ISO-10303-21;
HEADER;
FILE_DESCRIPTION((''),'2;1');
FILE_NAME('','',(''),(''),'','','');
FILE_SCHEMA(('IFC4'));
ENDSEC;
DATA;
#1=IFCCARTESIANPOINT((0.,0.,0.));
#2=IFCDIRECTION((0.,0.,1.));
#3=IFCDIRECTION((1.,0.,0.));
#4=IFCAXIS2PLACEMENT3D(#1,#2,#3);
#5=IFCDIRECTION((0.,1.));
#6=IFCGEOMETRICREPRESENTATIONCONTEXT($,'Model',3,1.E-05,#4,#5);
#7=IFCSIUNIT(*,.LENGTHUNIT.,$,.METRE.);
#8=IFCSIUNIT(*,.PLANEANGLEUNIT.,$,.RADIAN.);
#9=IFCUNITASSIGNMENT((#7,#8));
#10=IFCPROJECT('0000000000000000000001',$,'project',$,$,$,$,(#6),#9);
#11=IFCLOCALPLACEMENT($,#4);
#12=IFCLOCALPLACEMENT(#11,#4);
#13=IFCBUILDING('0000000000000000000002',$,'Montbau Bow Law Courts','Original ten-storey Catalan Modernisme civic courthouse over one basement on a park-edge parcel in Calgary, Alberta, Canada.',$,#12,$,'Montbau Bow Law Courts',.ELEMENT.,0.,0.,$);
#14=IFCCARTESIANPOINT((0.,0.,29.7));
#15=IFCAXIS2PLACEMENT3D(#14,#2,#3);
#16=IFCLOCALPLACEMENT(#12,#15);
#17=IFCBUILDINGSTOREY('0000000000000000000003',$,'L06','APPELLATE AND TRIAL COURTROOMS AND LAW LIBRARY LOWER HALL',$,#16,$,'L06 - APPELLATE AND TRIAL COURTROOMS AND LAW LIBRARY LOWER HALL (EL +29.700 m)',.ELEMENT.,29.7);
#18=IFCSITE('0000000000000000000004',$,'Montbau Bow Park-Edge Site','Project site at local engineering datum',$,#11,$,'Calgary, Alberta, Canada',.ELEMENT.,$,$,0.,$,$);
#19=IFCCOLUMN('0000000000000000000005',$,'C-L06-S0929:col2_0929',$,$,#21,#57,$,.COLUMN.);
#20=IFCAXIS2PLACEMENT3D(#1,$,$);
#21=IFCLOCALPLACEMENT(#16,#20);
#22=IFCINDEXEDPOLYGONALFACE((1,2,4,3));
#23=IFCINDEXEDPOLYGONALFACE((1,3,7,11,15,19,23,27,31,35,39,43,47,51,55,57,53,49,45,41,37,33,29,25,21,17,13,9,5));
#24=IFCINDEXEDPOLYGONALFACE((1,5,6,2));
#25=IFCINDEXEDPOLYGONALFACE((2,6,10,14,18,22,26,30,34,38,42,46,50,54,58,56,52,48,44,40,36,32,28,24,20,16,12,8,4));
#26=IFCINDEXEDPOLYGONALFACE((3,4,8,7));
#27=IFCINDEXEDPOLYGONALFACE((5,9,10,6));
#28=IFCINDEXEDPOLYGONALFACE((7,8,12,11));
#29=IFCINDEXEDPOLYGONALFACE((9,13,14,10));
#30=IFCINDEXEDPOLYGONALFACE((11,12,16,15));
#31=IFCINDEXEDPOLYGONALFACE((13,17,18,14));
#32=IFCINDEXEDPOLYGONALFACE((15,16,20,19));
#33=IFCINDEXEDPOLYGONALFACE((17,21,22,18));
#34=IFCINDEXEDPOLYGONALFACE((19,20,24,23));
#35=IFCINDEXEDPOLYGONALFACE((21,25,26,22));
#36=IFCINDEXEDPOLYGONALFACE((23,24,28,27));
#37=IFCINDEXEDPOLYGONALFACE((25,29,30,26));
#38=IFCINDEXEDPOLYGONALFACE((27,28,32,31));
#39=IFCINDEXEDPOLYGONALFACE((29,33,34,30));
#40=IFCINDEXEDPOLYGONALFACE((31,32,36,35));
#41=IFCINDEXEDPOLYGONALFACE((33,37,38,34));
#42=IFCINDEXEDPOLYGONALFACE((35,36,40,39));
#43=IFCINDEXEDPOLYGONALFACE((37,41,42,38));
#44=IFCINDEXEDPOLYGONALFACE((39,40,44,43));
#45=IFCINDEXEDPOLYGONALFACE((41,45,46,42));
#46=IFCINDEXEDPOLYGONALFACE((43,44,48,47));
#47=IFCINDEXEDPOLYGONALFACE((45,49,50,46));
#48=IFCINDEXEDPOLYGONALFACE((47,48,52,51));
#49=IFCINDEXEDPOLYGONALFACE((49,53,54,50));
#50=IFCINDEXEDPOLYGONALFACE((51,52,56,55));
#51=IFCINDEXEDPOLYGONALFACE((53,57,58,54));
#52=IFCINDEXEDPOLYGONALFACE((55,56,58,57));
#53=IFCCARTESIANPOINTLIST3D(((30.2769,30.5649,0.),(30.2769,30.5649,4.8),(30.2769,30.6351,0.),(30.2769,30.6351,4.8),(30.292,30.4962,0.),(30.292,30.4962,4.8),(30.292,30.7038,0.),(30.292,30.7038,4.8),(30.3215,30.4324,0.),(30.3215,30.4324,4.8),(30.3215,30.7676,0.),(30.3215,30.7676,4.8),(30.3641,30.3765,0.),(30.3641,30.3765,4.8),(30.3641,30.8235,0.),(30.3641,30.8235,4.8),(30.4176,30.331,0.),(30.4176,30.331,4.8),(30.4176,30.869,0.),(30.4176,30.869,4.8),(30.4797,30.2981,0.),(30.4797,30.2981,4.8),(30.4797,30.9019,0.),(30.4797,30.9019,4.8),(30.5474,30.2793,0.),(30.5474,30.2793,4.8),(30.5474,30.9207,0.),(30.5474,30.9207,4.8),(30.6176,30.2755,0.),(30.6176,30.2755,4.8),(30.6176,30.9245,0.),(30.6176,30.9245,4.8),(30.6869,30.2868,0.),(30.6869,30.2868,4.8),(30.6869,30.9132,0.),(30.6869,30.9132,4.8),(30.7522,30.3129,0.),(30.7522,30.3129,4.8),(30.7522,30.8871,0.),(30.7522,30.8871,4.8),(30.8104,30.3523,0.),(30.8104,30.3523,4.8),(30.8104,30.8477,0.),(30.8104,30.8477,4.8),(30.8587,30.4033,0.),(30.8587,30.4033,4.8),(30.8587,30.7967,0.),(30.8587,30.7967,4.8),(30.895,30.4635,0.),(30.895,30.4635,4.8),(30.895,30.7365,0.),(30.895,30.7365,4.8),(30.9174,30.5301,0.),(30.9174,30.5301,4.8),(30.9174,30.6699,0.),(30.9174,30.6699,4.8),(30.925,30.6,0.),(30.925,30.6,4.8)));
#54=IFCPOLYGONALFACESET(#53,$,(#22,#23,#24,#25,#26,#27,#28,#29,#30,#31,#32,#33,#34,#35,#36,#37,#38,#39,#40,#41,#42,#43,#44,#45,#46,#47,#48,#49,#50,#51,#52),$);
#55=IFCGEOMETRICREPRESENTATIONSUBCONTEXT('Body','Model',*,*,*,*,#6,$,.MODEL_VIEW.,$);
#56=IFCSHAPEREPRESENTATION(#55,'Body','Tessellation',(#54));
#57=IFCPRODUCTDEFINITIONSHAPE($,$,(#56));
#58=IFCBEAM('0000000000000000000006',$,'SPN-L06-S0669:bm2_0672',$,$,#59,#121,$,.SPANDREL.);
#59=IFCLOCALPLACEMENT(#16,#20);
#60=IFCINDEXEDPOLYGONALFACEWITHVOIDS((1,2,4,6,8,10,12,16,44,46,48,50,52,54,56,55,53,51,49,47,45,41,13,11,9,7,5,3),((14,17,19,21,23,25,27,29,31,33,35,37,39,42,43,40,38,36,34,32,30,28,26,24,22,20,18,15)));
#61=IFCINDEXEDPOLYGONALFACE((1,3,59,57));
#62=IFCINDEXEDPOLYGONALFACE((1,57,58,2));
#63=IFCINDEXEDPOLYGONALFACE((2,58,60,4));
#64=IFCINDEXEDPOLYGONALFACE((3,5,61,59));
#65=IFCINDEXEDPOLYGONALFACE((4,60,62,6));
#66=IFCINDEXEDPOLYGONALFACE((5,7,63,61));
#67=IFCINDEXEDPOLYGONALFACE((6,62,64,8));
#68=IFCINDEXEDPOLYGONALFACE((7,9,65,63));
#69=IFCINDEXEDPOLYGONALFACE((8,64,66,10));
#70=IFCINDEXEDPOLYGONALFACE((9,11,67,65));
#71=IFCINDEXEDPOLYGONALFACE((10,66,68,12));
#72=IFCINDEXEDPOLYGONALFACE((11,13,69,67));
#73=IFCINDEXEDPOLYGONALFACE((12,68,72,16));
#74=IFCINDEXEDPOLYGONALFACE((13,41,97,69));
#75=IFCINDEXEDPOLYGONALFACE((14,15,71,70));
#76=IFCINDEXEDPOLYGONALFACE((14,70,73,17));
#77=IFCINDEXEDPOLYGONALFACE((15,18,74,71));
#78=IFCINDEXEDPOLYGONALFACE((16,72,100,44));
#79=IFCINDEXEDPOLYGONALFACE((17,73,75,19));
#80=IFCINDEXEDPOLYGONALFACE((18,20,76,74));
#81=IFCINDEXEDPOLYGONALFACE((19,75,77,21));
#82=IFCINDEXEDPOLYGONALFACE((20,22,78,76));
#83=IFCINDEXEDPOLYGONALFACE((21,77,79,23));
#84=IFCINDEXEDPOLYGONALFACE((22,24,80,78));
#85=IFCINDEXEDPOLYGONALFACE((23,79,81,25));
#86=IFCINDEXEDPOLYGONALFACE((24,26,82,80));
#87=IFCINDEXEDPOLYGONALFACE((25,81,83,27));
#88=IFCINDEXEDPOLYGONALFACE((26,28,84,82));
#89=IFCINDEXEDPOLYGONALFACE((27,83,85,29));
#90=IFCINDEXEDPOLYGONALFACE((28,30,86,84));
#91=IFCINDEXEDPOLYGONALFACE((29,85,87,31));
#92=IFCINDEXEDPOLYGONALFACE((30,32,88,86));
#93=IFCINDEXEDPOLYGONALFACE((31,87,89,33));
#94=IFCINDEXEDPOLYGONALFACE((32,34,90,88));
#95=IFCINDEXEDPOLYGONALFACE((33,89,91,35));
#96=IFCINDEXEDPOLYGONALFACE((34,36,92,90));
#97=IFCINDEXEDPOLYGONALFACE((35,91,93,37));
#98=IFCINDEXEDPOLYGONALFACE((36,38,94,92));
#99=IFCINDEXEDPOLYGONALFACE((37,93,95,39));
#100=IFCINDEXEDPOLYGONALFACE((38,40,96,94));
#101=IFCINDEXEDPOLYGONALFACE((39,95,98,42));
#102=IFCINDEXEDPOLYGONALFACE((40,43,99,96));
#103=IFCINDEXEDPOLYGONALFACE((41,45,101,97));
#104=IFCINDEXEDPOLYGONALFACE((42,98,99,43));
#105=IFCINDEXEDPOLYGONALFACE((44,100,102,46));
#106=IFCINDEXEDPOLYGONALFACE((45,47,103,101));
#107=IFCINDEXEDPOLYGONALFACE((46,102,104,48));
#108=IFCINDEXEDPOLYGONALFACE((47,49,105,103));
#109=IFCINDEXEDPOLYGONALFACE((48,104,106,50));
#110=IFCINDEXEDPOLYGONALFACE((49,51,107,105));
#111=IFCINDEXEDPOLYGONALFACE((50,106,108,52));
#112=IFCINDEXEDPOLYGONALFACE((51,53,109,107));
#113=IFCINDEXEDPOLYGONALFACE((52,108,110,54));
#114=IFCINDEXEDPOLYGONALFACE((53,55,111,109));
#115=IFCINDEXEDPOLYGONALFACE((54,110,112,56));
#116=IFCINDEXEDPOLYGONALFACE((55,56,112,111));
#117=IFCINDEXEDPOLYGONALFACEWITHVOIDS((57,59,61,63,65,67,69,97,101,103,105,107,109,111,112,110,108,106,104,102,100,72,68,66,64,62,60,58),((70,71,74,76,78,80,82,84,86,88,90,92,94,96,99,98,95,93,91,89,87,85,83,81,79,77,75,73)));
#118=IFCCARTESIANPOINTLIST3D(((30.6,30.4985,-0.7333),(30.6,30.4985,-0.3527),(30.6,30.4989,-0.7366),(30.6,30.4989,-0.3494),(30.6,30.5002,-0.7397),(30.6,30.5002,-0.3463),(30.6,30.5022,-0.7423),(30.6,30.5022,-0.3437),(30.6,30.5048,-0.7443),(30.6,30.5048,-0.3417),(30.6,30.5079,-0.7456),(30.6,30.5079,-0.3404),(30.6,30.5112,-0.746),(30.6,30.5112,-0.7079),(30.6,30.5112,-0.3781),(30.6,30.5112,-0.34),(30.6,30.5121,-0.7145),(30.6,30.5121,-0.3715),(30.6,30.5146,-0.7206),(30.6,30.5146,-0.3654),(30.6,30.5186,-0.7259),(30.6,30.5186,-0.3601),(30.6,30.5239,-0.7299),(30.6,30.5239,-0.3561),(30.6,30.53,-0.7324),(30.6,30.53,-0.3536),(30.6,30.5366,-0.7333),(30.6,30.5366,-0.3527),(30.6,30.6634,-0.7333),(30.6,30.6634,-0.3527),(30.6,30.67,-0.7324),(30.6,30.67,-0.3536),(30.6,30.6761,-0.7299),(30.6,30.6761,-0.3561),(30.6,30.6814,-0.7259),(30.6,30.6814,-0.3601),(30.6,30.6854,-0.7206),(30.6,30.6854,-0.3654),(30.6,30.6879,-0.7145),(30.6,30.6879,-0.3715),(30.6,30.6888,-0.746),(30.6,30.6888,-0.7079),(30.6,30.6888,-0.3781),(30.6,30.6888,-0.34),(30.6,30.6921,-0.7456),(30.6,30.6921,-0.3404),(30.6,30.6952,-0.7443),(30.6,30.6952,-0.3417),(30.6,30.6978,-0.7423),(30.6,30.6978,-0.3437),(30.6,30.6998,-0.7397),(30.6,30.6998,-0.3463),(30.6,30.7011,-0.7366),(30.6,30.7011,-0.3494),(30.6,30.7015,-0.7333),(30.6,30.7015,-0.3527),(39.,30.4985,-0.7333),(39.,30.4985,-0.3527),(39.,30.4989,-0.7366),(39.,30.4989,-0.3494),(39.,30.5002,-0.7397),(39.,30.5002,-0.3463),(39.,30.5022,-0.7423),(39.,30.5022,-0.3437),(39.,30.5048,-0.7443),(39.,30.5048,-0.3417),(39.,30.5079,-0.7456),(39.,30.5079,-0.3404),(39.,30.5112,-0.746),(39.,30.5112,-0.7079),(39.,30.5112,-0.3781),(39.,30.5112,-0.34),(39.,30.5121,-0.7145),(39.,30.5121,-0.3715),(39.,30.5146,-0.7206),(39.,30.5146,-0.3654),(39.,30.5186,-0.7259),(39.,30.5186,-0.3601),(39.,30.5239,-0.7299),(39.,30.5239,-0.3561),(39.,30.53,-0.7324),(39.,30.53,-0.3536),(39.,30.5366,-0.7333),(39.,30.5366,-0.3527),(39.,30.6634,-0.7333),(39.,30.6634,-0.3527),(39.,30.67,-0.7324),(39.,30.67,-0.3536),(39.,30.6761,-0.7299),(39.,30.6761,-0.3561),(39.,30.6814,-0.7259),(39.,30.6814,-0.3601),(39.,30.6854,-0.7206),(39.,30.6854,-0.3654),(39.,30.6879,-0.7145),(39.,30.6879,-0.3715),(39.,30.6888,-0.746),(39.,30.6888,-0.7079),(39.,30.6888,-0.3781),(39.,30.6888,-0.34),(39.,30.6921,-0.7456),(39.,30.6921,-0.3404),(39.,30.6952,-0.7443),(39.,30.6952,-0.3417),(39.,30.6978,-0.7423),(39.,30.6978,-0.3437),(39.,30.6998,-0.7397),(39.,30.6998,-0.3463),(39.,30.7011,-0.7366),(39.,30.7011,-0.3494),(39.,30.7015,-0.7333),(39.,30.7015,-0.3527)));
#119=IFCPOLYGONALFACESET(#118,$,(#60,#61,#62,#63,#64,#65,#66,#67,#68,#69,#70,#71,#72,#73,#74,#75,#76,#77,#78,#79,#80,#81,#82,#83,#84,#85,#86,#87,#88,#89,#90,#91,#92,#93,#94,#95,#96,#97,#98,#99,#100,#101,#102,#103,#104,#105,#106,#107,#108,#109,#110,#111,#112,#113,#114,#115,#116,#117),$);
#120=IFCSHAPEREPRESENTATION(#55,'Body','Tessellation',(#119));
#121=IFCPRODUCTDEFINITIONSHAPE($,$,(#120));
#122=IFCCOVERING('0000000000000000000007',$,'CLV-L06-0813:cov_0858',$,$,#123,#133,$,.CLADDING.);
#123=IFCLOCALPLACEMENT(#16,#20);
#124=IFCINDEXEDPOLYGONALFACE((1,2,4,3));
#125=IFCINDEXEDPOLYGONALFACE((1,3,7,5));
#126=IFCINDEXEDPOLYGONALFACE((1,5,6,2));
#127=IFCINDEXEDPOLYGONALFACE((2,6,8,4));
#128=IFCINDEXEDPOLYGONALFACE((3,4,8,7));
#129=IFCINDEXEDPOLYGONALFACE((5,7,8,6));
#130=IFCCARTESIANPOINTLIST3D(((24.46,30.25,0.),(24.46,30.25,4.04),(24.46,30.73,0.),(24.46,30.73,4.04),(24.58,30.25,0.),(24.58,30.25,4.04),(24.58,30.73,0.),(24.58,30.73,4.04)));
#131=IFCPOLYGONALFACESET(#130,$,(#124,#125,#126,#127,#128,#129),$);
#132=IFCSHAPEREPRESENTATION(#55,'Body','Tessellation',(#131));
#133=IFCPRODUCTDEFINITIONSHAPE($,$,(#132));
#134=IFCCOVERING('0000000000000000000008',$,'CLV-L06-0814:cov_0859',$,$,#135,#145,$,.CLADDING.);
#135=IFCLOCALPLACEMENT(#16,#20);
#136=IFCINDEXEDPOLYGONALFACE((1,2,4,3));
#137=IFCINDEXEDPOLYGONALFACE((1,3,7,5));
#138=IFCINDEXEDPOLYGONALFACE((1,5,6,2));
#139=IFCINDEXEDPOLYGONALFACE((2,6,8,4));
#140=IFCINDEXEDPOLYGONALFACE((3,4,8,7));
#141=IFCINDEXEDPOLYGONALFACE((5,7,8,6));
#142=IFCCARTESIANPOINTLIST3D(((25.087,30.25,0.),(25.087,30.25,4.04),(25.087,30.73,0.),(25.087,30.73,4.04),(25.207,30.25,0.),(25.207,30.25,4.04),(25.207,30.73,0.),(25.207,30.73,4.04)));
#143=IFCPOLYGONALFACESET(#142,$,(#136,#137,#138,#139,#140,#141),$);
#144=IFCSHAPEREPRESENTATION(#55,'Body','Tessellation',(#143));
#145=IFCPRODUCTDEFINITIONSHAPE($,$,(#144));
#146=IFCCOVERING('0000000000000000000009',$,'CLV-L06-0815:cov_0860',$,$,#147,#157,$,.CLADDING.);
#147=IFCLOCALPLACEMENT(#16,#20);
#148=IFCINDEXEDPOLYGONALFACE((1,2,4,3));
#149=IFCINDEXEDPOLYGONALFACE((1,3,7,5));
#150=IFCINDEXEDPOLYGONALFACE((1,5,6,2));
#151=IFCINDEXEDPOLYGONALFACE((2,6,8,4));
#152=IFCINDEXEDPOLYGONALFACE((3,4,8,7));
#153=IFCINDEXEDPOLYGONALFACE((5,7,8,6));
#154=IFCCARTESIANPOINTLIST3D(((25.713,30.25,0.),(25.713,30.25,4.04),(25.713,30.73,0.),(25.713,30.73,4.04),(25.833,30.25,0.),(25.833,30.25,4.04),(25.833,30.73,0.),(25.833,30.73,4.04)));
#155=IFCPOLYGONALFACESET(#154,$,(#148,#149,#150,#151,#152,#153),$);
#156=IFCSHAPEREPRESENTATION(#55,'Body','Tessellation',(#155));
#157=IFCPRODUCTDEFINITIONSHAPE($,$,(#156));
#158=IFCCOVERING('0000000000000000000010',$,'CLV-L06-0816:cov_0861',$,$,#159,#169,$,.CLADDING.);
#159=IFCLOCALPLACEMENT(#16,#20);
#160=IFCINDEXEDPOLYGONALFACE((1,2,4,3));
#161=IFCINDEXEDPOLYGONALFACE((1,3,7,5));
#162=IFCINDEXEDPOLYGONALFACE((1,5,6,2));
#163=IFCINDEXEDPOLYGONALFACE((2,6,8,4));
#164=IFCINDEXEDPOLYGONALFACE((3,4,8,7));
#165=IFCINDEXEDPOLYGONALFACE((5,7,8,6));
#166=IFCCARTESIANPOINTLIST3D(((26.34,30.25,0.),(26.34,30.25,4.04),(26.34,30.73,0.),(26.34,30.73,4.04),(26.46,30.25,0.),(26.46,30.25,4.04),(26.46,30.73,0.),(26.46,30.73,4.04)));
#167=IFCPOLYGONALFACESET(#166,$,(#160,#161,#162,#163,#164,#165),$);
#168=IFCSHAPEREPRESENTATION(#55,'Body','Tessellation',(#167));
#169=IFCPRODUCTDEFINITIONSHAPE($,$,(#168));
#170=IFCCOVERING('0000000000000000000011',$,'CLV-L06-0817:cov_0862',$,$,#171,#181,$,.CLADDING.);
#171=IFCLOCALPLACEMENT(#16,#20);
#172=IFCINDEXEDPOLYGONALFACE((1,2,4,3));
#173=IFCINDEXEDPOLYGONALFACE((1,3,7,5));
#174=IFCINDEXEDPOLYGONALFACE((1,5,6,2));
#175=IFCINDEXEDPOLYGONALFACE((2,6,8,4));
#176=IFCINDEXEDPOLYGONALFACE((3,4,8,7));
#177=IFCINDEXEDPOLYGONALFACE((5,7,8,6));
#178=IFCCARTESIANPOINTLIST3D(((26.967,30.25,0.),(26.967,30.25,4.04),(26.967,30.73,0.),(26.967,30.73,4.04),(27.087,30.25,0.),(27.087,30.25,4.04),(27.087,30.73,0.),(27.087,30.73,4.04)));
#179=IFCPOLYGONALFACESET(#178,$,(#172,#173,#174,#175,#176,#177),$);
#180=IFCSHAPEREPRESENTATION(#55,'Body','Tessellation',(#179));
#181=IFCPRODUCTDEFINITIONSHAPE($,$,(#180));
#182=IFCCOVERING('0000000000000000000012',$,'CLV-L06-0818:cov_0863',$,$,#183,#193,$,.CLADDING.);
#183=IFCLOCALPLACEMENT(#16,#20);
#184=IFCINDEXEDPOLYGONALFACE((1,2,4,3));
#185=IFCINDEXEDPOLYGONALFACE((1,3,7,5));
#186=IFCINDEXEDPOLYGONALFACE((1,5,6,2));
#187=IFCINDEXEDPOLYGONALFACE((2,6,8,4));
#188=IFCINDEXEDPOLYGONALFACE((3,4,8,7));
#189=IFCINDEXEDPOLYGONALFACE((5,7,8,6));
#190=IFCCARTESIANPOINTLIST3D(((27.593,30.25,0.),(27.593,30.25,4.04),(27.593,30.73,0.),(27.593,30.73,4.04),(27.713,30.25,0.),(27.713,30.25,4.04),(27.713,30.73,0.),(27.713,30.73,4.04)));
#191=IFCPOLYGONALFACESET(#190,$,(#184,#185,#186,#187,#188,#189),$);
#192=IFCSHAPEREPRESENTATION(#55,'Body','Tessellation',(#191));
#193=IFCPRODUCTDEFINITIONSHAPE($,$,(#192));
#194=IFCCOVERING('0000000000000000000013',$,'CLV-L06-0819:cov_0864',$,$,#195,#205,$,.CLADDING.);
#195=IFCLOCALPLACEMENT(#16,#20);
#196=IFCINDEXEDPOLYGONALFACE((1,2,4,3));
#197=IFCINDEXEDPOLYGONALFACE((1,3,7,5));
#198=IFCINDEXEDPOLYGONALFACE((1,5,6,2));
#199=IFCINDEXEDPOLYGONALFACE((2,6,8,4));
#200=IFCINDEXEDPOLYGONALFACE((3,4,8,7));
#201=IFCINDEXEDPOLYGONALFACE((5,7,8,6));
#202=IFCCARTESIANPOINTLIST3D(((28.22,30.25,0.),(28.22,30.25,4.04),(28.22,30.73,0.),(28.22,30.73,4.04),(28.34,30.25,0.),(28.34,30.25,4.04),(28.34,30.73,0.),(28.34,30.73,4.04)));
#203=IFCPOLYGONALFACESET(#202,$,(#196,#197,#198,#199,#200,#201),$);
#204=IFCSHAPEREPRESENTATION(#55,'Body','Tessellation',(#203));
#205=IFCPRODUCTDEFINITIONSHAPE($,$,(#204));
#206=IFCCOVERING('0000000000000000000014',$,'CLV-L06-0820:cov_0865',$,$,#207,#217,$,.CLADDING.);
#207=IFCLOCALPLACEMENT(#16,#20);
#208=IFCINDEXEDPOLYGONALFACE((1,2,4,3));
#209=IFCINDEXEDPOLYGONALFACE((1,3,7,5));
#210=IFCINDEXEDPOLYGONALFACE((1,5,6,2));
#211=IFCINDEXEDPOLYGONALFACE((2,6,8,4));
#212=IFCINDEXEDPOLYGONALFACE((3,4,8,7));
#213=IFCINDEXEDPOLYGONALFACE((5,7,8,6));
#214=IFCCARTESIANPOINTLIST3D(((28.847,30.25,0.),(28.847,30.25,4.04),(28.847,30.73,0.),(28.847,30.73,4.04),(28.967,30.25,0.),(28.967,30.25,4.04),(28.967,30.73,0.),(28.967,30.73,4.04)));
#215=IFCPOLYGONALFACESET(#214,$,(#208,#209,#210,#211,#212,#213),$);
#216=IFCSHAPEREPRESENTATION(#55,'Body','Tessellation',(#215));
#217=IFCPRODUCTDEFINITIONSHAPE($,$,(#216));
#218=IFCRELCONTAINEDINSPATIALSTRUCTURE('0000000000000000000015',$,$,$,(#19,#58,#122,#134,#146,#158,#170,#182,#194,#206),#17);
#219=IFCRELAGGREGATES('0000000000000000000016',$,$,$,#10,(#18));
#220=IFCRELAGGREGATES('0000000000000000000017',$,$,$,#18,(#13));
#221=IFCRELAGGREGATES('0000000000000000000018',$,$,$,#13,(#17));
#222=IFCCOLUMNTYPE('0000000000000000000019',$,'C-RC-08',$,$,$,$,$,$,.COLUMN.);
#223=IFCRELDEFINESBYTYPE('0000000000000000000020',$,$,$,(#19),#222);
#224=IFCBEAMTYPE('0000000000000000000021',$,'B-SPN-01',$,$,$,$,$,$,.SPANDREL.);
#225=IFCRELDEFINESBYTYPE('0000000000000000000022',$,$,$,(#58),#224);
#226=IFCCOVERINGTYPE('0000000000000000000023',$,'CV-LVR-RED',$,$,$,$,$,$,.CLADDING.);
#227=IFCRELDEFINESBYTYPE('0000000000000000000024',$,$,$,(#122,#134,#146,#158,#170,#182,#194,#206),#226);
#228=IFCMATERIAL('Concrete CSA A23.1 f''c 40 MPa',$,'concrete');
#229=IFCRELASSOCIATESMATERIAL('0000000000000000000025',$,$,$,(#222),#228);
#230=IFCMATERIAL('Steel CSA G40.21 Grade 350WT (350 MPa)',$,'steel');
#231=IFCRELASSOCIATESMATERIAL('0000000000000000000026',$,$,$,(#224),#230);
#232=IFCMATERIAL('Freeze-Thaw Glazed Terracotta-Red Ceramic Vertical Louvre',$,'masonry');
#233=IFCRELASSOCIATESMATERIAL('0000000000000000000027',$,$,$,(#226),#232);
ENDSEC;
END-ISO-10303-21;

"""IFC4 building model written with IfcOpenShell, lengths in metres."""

from ifc_helpers import new_model, si_unit, direction, frame, frame_2d, origin_with_axes, origin_2d_with_axis, place, context, subcontext, project, spatial, rectangle, hollow_rectangle, circle, extrude, material, material_profile, profile_set, type_object, element, save


model = new_model("IFC4")

# Units and contexts
model_context = context("Model", 3, precision=1e-05, world=origin_with_axes(), true_north=direction((0.0, 1.0)))
body_context = subcontext(model_context, "Body", "Model", "MODEL_VIEW")
ifc_project = project(units=[si_unit("LENGTHUNIT", "METRE"), si_unit("PLANEANGLEUNIT", "RADIAN")], contexts=[model_context])

# Site, building, storey
site_placement = place(None, origin_with_axes())
site = spatial("IfcSite", under=ifc_project, at=site_placement, Name="Montbau Bow Park-Edge Site", Description="Project site at local engineering datum", LongName="Calgary, Alberta, Canada", CompositionType="ELEMENT", RefElevation=0.0)
building_placement = place(site_placement, origin_with_axes())
building = spatial("IfcBuilding", under=site, at=building_placement, Name="Montbau Bow Law Courts", Description="Original ten-storey Catalan Modernisme civic courthouse over one basement on a park-edge parcel in Calgary, Alberta, Canada.", LongName="Montbau Bow Law Courts", CompositionType="ELEMENT", ElevationOfRefHeight=0.0, ElevationOfTerrain=0.0)
storey_placement = place(building_placement, frame((0.0, 0.0, 29.7), z_axis=(0.0, 0.0, 1.0), x_axis=(1.0, 0.0, 0.0)))
storey = spatial("IfcBuildingStorey", under=building, at=storey_placement, Name="L06", Description="APPELLATE AND TRIAL COURTROOMS AND LAW LIBRARY LOWER HALL", LongName="L06 - APPELLATE AND TRIAL COURTROOMS AND LAW LIBRARY LOWER HALL (EL +29.700 m)", CompositionType="ELEMENT", Elevation=29.7)

# Column
ifc_material_1 = material(Name="Concrete CSA A23.1 f'c 40 MPa", Category="concrete")
ifc_material_profile_1 = material_profile(ifc_material_1, circle(Radius=0.325, at=origin_2d_with_axis()), Name="RC650D", Category="Main", Priority=0)
ifc_profile_set_1 = profile_set([ifc_material_profile_1], Name="Concrete CSA A23.1 f'c 40 MPa")
column_type = type_object("IfcColumnType", Name="C-RC-08", PredefinedType="COLUMN", material=ifc_profile_set_1)
column_placement = place(None, frame((30.6, 30.6, 29.7), z_axis=(0.0, 0.0, 1.0), x_axis=(1.0, 0.0, 0.0)))
element("IfcColumn", 1, at=column_placement, inside=storey, type_object=column_type, Name="C-L06-S0929:col2_0929", PredefinedType="COLUMN", context=body_context, shape_type="SweptSolid", body=[
    extrude(circle(Radius=0.325, at=origin_2d_with_axis()), origin_with_axes(), (0.0, 0.0, 1.0), 4.8),
])

# Beam
ifc_material_2 = material(Name="Steel CSA G40.21 Grade 350WT (350 MPa)", Category="steel")
ifc_material_profile_2 = material_profile(ifc_material_2, hollow_rectangle(XDim=0.203, YDim=0.406, WallThickness=0.0127, InnerFilletRadius=0.0254, OuterFilletRadius=0.0127, at=origin_2d_with_axis()), Name="HSS406X203X13", Category="Main", Priority=0)
ifc_profile_set_2 = profile_set([ifc_material_profile_2], Name="Steel CSA G40.21 Grade 350WT (350 MPa)")
beam_type = type_object("IfcBeamType", Name="B-SPN-01", PredefinedType="SPANDREL", material=ifc_profile_set_2)
beam_placement = place(None, frame((30.6, 30.6, 29.157), z_axis=(1.0, 0.0, 0.0), x_axis=(0.0, 1.0, 0.0)))
element("IfcBeam", 2, at=beam_placement, inside=storey, type_object=beam_type, Name="SPN-L06-S0669:bm2_0672", PredefinedType="SPANDREL", context=body_context, shape_type="SweptSolid", body=[
    extrude(hollow_rectangle(XDim=0.203, YDim=0.406, WallThickness=0.0127, InnerFilletRadius=0.0254, OuterFilletRadius=0.0127, at=origin_2d_with_axis()), origin_with_axes(), (0.0, 0.0, 1.0), 8.4),
])

# Coverings
ifc_material_3 = material(Name="Freeze-Thaw Glazed Terracotta-Red Ceramic Vertical Louvre", Category="masonry")
covering_type = type_object("IfcCoveringType", Name="CV-LVR-RED", PredefinedType="CLADDING", material=ifc_material_3)
for number, where, z_axis, x_axis, name in (
    (3, (24.52, 30.73, 29.7), (-1.0, 0.0, 0.0), (0.0, -1.0, 0.0), "CLV-L06-0813:cov_0858"),
    (4, (25.147, 30.73, 29.7), (-1.0, 0.0, 0.0), (0.0, -1.0, 0.0), "CLV-L06-0814:cov_0859"),
    (5, (25.773, 30.73, 29.7), (-1.0, 0.0, 0.0), (0.0, -1.0, 0.0), "CLV-L06-0815:cov_0860"),
    (6, (26.4, 30.73, 29.7), (-1.0, 0.0, 0.0), (0.0, -1.0, 0.0), "CLV-L06-0816:cov_0861"),
    (7, (27.027, 30.73, 29.7), (-1.0, 0.0, 0.0), (0.0, -1.0, 0.0), "CLV-L06-0817:cov_0862"),
    (8, (27.653, 30.73, 29.7), (-1.0, 0.0, 0.0), (0.0, -1.0, 0.0), "CLV-L06-0818:cov_0863"),
    (9, (28.28, 30.73, 29.7), (-1.0, 0.0, 0.0), (0.0, -1.0, 0.0), "CLV-L06-0819:cov_0864"),
    (10, (28.907, 30.73, 29.7), (-1.0, 0.0, 0.0), (0.0, -1.0, 0.0), "CLV-L06-0820:cov_0865"),
):
    element("IfcCovering", number, at=place(None, frame(where, z_axis=z_axis, x_axis=x_axis)), inside=storey, type_object=covering_type, Name=name, PredefinedType="CLADDING", context=body_context, shape_type="SweptSolid", body=[
        extrude(rectangle(XDim=0.48, YDim=4.04, at=frame_2d((0.24, 2.02), x_axis=(1.0, 0.0))), frame((0.0, 0.0, -0.06), z_axis=(0.0, 0.0, 1.0), x_axis=(1.0, 0.0, 0.0)), (0.0, 0.0, 1.0), 0.12),
    ])

save(model, "model.ifc")
